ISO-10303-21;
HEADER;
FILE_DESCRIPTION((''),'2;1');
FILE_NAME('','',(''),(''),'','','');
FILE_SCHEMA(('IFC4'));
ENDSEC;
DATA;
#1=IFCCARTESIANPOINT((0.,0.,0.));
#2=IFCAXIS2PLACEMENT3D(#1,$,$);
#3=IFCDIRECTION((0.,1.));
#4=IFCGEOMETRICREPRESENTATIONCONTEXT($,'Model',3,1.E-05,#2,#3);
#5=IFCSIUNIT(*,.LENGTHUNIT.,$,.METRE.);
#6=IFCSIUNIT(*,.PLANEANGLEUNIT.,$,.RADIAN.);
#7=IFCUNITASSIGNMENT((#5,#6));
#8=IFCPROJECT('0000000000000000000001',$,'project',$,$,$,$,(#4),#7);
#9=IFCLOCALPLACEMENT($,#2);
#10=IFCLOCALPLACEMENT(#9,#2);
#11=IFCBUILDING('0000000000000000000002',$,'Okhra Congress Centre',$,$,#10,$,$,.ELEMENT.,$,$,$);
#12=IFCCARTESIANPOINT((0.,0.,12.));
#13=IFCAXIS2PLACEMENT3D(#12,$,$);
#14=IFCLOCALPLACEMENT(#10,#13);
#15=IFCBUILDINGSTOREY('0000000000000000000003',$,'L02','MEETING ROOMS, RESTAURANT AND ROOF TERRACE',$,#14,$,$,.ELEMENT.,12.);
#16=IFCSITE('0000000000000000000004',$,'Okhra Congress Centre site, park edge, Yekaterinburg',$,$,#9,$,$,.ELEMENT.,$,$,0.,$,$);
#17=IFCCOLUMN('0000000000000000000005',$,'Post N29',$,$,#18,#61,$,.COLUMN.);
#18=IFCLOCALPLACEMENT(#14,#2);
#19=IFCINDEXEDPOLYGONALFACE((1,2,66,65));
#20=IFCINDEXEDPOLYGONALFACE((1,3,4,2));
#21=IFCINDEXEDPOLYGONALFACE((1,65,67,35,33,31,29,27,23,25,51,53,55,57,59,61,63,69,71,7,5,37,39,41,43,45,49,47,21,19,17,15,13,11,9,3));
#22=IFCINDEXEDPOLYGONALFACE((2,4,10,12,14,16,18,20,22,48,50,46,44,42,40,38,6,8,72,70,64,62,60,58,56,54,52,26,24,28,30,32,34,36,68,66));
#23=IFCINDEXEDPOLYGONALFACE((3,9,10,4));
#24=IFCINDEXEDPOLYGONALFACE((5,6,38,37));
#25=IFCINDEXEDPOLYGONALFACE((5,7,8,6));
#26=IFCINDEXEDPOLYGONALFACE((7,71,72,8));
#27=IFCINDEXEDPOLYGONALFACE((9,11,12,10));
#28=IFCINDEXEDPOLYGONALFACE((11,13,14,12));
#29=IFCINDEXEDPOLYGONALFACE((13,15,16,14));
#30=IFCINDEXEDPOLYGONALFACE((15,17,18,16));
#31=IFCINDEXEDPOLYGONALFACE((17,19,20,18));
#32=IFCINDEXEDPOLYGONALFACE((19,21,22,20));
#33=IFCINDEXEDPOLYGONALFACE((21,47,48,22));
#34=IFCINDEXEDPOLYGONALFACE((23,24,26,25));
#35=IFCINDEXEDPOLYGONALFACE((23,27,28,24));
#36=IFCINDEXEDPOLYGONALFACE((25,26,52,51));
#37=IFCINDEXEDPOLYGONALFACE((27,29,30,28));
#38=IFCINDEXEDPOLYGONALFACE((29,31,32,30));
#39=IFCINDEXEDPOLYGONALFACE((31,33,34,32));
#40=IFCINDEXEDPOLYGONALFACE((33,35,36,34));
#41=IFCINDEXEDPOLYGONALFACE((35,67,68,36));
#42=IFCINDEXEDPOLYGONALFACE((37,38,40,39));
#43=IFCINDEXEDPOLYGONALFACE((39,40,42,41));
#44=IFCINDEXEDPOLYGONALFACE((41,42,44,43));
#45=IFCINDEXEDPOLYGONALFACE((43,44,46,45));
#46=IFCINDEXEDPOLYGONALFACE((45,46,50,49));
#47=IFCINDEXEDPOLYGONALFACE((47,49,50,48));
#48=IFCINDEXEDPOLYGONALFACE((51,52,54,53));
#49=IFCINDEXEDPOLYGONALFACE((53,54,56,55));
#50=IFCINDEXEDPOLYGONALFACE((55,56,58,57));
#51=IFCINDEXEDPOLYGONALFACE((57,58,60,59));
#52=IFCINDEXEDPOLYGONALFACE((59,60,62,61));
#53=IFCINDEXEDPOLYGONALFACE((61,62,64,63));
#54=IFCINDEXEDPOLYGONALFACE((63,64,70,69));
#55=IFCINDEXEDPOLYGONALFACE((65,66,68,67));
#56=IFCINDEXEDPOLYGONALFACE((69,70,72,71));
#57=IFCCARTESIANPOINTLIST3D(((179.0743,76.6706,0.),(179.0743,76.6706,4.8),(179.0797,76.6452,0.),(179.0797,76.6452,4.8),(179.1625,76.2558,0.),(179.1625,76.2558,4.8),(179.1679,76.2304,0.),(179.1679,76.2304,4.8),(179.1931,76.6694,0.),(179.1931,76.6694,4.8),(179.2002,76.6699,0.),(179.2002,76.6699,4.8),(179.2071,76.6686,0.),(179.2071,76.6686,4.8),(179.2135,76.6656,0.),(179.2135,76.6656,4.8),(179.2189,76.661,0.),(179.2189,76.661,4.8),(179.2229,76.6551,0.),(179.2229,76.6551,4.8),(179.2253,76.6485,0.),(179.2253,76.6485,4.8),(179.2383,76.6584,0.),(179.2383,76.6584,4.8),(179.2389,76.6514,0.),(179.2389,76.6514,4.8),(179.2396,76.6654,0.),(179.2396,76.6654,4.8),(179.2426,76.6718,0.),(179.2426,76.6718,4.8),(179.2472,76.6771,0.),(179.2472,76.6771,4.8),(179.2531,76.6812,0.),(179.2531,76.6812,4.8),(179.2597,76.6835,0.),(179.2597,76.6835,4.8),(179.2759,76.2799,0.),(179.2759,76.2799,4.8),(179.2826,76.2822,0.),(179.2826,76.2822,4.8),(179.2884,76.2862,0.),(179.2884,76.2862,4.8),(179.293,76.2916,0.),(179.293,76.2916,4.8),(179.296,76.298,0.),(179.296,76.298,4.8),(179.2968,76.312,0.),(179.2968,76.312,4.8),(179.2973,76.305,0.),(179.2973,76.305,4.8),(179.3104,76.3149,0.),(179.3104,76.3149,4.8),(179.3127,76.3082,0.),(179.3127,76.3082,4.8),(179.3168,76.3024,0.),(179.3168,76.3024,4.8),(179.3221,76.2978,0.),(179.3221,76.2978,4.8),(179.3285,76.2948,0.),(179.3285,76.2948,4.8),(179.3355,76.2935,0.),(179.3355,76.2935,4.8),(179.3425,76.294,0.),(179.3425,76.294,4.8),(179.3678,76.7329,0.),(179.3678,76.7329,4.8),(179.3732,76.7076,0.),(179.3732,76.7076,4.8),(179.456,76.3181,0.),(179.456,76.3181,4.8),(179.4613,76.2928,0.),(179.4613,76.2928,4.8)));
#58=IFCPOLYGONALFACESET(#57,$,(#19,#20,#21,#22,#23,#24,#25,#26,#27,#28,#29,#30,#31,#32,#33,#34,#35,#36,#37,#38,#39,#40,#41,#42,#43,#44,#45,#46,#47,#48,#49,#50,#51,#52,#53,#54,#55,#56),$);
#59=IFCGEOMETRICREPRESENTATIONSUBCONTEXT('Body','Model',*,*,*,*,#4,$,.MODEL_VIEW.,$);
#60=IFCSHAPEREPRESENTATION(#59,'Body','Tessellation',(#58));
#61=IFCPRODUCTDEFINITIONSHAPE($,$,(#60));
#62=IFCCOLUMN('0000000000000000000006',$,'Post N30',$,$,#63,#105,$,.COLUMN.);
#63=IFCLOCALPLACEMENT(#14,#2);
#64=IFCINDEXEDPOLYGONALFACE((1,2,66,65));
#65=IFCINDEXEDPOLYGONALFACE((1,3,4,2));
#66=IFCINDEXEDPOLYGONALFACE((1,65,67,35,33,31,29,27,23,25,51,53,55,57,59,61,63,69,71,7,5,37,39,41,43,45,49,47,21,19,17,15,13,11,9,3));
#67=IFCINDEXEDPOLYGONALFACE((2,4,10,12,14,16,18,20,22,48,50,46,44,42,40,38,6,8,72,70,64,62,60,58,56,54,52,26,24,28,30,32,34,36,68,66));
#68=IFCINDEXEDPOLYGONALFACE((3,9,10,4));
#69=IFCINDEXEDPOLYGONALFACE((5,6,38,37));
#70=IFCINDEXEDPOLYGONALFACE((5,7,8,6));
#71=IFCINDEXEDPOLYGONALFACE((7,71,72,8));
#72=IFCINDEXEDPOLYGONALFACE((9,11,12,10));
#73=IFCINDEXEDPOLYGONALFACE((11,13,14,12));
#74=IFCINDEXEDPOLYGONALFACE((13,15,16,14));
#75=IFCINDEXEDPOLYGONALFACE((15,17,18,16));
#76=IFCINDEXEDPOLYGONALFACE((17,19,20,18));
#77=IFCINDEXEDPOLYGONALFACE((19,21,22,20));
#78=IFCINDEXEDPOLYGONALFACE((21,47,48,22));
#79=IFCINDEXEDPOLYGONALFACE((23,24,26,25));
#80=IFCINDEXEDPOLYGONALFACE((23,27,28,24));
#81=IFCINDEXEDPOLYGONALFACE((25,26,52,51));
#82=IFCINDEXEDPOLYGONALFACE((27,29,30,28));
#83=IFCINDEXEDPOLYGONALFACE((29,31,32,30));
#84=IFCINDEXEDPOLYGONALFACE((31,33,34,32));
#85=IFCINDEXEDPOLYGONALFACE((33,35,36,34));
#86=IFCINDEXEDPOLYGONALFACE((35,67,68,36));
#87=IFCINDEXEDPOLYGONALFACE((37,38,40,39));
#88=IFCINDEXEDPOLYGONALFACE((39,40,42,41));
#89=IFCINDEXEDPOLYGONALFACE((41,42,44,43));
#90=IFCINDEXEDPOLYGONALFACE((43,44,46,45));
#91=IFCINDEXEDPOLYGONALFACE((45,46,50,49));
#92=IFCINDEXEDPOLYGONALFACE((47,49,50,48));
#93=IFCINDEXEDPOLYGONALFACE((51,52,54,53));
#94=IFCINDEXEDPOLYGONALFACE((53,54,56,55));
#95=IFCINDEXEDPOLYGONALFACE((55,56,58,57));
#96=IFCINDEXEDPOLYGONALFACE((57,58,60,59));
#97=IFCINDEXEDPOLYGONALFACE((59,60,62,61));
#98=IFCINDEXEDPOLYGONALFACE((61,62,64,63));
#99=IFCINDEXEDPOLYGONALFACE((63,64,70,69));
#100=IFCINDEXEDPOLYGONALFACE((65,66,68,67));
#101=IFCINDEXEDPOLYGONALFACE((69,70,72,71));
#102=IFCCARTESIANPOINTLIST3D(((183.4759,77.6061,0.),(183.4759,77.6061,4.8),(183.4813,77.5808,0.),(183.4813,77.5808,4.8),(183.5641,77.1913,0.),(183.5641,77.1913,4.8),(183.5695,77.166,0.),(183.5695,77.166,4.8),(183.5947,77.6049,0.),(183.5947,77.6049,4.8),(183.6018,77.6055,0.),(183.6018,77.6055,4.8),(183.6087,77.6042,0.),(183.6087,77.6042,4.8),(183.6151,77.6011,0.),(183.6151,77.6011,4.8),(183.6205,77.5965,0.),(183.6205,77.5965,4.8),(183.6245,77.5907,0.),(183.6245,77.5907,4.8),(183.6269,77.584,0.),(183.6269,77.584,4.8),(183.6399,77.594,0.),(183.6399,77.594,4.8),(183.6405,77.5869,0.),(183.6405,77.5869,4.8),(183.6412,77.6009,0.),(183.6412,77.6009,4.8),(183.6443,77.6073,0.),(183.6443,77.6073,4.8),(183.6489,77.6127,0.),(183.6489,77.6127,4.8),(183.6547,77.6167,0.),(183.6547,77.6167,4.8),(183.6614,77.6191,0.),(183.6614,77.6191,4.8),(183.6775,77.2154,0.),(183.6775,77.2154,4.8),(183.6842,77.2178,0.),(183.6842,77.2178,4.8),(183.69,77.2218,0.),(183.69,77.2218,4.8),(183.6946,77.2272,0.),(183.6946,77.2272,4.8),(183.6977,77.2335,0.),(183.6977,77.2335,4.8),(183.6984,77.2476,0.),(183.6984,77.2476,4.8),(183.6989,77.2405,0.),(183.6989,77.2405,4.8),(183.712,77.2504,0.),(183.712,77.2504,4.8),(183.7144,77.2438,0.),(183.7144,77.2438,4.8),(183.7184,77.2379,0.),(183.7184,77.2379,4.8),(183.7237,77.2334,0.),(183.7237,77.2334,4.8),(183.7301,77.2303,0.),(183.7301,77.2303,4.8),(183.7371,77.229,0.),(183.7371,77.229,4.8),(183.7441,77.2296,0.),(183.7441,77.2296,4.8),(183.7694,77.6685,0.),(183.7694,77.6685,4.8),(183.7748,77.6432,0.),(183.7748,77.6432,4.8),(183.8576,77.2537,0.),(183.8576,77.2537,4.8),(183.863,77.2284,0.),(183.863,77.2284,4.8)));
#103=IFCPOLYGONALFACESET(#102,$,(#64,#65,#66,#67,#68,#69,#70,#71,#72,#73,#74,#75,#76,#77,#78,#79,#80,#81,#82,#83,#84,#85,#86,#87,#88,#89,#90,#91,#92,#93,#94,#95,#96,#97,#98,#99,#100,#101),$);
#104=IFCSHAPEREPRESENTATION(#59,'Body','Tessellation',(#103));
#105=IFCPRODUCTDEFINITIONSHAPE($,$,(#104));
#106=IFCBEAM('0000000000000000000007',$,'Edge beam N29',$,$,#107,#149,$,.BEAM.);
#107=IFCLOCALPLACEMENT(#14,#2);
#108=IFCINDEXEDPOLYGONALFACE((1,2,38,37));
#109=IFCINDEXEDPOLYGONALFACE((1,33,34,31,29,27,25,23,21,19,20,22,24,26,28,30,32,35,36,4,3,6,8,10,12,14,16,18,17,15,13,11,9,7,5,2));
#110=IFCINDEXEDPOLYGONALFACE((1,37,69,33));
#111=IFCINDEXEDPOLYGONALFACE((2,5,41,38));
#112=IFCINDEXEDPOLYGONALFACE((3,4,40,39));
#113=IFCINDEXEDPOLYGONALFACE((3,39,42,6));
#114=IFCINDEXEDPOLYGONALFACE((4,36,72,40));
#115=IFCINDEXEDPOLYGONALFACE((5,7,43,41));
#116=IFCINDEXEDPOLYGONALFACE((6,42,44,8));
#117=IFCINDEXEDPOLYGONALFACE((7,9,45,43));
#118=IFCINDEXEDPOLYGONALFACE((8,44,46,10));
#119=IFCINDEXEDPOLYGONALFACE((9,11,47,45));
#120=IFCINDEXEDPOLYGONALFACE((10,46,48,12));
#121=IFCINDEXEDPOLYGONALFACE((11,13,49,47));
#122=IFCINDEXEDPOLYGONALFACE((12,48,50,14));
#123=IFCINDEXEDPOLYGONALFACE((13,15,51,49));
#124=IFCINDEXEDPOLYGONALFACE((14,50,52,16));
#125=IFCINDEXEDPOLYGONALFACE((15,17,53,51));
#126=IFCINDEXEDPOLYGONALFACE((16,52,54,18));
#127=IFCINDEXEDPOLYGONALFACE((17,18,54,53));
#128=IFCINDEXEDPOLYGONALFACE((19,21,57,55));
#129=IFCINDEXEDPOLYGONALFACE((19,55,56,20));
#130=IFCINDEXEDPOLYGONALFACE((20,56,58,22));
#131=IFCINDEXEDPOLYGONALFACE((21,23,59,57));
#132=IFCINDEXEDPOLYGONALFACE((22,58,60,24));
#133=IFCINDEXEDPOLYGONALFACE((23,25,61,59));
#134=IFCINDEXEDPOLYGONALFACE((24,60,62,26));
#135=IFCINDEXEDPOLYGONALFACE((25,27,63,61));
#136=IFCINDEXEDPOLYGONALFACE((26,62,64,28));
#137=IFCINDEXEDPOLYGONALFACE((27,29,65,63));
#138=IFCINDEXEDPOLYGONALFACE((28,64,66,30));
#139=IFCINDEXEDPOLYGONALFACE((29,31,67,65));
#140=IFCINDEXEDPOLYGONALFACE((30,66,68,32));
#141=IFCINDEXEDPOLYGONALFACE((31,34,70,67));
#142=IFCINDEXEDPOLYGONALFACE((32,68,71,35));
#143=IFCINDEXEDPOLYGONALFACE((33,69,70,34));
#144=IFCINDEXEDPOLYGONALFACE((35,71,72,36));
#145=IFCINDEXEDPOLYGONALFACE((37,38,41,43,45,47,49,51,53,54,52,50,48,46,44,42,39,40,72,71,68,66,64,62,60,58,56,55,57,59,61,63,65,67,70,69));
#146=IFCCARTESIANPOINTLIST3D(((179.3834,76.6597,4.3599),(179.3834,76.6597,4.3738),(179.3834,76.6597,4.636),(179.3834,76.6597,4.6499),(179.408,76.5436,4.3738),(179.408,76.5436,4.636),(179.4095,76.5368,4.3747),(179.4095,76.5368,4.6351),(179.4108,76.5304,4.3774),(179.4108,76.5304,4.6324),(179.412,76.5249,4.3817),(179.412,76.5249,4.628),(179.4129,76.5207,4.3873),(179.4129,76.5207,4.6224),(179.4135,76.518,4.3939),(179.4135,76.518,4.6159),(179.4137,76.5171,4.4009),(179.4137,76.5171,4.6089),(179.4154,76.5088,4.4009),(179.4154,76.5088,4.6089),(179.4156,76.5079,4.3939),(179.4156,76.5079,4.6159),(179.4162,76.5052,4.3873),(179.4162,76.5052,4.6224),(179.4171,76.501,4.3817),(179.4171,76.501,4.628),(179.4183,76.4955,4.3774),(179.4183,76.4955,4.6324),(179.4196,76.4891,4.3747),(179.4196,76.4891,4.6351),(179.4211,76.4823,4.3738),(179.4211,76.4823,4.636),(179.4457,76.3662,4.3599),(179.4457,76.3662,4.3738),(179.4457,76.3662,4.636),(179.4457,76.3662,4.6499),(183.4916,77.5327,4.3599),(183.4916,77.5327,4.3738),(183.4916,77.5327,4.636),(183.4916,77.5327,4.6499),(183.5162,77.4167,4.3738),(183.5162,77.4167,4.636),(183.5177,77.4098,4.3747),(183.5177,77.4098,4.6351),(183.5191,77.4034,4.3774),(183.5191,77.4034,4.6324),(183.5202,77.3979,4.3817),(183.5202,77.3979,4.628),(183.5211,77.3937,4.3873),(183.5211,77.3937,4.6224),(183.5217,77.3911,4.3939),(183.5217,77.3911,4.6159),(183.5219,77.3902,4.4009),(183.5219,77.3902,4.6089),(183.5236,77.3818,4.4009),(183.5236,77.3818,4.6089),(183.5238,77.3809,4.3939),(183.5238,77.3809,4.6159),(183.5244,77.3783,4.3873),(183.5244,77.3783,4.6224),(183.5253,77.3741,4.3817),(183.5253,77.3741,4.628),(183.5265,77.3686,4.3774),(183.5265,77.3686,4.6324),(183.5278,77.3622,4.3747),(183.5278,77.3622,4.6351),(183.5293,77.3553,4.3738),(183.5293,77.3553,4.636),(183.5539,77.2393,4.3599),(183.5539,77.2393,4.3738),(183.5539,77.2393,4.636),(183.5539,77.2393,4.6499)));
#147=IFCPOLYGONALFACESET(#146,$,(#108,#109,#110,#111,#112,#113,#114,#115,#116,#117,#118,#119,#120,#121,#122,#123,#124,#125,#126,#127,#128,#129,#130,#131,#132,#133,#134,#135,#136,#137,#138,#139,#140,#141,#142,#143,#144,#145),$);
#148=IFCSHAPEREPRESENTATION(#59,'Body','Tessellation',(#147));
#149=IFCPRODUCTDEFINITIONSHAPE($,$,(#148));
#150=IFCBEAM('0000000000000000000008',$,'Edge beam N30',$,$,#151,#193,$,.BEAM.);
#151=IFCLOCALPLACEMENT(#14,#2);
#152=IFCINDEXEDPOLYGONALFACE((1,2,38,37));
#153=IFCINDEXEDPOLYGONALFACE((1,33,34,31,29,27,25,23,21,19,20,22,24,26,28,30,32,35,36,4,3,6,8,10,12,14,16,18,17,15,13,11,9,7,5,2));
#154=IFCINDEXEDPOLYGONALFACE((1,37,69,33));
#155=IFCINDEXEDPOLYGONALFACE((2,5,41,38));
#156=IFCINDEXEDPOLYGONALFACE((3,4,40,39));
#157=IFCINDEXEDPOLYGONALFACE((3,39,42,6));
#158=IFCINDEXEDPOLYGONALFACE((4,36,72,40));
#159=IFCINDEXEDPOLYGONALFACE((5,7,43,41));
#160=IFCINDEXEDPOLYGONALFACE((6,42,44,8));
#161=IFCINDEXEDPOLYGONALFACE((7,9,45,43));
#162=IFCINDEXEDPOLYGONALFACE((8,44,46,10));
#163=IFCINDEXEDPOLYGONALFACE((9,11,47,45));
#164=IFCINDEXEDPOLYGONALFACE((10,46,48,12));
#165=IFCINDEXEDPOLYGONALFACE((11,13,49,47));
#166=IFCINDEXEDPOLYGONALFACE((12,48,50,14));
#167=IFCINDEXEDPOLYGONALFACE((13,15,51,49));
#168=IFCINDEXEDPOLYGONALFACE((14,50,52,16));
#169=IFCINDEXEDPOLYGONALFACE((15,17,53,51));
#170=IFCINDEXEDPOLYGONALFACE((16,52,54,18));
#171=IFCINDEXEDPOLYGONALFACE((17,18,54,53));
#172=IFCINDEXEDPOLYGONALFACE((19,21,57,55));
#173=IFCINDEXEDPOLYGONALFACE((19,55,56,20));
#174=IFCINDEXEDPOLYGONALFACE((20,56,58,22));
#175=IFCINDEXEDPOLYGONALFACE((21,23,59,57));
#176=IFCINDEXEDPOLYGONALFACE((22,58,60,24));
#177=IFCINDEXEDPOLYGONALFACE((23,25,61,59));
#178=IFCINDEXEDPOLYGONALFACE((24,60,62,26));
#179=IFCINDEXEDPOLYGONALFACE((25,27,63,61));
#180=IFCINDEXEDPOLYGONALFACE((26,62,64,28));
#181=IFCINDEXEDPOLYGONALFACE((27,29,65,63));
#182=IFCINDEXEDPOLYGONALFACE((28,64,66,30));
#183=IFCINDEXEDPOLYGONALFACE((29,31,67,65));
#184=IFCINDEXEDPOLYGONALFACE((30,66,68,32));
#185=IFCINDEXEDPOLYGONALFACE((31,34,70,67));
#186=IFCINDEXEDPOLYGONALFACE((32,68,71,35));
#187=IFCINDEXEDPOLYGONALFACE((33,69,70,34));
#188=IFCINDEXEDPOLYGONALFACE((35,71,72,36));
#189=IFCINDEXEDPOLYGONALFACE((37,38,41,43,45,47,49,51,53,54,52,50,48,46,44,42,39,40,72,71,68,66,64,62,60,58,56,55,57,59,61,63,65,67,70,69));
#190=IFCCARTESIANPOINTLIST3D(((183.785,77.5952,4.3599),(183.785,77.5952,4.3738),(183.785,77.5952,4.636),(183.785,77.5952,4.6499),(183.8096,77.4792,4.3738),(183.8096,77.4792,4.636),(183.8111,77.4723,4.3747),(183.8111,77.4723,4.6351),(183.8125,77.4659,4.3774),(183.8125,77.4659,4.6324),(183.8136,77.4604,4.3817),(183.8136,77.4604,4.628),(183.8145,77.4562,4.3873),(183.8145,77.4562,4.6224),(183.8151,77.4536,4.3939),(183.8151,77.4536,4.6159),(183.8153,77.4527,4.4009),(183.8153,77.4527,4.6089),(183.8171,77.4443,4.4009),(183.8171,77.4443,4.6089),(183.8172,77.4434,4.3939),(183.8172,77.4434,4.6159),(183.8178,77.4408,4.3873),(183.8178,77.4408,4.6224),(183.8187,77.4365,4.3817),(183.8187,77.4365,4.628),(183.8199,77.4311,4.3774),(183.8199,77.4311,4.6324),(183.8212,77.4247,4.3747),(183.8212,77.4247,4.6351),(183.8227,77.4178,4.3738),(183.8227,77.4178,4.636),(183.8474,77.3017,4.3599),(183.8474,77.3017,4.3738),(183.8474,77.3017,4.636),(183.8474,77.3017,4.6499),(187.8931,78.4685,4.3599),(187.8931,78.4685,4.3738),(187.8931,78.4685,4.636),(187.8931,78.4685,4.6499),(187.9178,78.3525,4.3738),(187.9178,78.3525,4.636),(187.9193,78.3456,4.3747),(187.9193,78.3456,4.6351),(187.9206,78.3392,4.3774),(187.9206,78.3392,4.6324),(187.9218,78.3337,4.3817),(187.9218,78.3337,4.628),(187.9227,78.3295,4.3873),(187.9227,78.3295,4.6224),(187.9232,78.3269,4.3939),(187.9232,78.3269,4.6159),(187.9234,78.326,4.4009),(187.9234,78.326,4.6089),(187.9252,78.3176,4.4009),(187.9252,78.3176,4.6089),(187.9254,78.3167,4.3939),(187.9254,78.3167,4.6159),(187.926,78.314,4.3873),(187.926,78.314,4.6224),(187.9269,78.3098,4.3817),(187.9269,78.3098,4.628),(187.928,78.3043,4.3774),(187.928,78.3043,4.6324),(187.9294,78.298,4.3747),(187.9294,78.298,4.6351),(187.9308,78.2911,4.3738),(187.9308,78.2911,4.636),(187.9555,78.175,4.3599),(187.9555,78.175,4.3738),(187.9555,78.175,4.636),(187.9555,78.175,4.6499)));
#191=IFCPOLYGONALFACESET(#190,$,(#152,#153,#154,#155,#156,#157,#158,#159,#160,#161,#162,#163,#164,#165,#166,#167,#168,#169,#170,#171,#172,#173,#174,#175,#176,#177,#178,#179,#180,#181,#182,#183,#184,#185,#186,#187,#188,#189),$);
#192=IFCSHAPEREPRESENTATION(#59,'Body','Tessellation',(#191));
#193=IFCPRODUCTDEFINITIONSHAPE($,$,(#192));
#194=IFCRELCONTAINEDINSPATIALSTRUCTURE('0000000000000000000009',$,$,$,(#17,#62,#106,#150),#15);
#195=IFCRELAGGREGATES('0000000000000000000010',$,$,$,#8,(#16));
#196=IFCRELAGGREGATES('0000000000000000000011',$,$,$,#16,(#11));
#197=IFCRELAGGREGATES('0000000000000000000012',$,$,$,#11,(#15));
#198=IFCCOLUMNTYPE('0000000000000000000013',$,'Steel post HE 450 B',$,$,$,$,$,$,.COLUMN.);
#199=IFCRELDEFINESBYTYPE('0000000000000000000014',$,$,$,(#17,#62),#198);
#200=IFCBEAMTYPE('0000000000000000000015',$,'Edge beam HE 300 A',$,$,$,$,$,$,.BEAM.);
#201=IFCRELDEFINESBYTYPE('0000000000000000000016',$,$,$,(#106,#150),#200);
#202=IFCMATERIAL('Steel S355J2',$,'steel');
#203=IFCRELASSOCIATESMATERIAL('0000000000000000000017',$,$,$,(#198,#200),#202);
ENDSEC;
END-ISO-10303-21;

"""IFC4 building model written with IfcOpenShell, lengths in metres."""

from ifc_helpers import new_model, si_unit, direction, frame, origin, origin_2d, place, context, subcontext, project, spatial, i_section, extrude, material, material_profile, profile_set, type_object, element, save


model = new_model("IFC4")

# Units and contexts
model_context = context("Model", 3, precision=1e-05, world=origin(), true_north=direction((0.0, 1.0)))
body_context = subcontext(model_context, "Body", "Model", "MODEL_VIEW")
ifc_project = project(units=[si_unit("LENGTHUNIT", "METRE"), si_unit("PLANEANGLEUNIT", "RADIAN")], contexts=[model_context])

# Site, building, storey
site_placement = place(None, origin())
site = spatial("IfcSite", under=ifc_project, at=site_placement, Name="Okhra Congress Centre site, park edge, Yekaterinburg", CompositionType="ELEMENT", RefElevation=0.0)
building_placement = place(site_placement, origin())
building = spatial("IfcBuilding", under=site, at=building_placement, Name="Okhra Congress Centre", CompositionType="ELEMENT")
storey_placement = place(building_placement, frame((0.0, 0.0, 12.0)))
storey = spatial("IfcBuildingStorey", under=building, at=storey_placement, Name="L02", Description="MEETING ROOMS, RESTAURANT AND ROOF TERRACE", CompositionType="ELEMENT", Elevation=12.0)

# Columns
ifc_material_1 = material(Name="Steel S355J2", Category="steel")
ifc_material_profile_1 = material_profile(ifc_material_1, i_section(OverallWidth=0.3, OverallDepth=0.45, WebThickness=0.0139, FlangeThickness=0.0259, FilletRadius=0.0271, at=origin_2d()), Name="HE 450 B")
ifc_profile_set_1 = profile_set([ifc_material_profile_1], Name="Steel S355J2")
column_type = type_object("IfcColumnType", Name="Steel post HE 450 B", PredefinedType="COLUMN", material=ifc_profile_set_1)
for number, where, z_axis, x_axis, name in (
    (1, (179.2678, 76.4817, 0.0), (0.0, 0.0, 1.0), (0.978148, 0.207912, 0.0), "Post N29"),
    (2, (183.6694, 77.4172, 0.0), (0.0, 0.0, 1.0), (0.978148, 0.207912, 0.0), "Post N30"),
):
    element("IfcColumn", number, at=place(storey_placement, frame(where, z_axis=z_axis, x_axis=x_axis)), inside=storey, type_object=column_type, Name=name, PredefinedType="COLUMN", context=body_context, shape_type="SweptSolid", body=[
        extrude(i_section(OverallWidth=0.3, OverallDepth=0.45, WebThickness=0.0139, FlangeThickness=0.0259, FilletRadius=0.0271, at=origin_2d()), origin(), (0.0, 0.0, 1.0), 4.8),
    ])

# Beams
ifc_material_profile_2 = material_profile(ifc_material_1, i_section(OverallWidth=0.3, OverallDepth=0.29, WebThickness=0.0085, FlangeThickness=0.0139, FilletRadius=0.0271, at=origin_2d()), Name="HE 300 A")
ifc_profile_set_2 = profile_set([ifc_material_profile_2], Name="Steel S355J2")
beam_type_1 = type_object("IfcBeamType", Name="Edge beam HE 300 A", PredefinedType="BEAM", material=ifc_profile_set_2)
for number, where, z_axis, x_axis, name in (
    (3, (179.4146, 76.5129, 4.5049), (0.978156, 0.207873, 0.0), (-0.207873, 0.978156, 0.0), "Edge beam N29"),
    (4, (183.8162, 77.4485, 4.5049), (0.978144, 0.207929, 0.0), (-0.207929, 0.978144, 0.0), "Edge beam N30"),
):
    element("IfcBeam", number, at=place(storey_placement, frame(where, z_axis=z_axis, x_axis=x_axis)), inside=storey, type_object=beam_type_1, Name=name, PredefinedType="BEAM", context=body_context, shape_type="SweptSolid", body=[
        extrude(i_section(OverallWidth=0.3, OverallDepth=0.29, WebThickness=0.0085, FlangeThickness=0.0139, FilletRadius=0.0271, at=origin_2d()), origin(), (0.0, 0.0, 1.0), 4.2),
    ])

save(model, "model.ifc")
